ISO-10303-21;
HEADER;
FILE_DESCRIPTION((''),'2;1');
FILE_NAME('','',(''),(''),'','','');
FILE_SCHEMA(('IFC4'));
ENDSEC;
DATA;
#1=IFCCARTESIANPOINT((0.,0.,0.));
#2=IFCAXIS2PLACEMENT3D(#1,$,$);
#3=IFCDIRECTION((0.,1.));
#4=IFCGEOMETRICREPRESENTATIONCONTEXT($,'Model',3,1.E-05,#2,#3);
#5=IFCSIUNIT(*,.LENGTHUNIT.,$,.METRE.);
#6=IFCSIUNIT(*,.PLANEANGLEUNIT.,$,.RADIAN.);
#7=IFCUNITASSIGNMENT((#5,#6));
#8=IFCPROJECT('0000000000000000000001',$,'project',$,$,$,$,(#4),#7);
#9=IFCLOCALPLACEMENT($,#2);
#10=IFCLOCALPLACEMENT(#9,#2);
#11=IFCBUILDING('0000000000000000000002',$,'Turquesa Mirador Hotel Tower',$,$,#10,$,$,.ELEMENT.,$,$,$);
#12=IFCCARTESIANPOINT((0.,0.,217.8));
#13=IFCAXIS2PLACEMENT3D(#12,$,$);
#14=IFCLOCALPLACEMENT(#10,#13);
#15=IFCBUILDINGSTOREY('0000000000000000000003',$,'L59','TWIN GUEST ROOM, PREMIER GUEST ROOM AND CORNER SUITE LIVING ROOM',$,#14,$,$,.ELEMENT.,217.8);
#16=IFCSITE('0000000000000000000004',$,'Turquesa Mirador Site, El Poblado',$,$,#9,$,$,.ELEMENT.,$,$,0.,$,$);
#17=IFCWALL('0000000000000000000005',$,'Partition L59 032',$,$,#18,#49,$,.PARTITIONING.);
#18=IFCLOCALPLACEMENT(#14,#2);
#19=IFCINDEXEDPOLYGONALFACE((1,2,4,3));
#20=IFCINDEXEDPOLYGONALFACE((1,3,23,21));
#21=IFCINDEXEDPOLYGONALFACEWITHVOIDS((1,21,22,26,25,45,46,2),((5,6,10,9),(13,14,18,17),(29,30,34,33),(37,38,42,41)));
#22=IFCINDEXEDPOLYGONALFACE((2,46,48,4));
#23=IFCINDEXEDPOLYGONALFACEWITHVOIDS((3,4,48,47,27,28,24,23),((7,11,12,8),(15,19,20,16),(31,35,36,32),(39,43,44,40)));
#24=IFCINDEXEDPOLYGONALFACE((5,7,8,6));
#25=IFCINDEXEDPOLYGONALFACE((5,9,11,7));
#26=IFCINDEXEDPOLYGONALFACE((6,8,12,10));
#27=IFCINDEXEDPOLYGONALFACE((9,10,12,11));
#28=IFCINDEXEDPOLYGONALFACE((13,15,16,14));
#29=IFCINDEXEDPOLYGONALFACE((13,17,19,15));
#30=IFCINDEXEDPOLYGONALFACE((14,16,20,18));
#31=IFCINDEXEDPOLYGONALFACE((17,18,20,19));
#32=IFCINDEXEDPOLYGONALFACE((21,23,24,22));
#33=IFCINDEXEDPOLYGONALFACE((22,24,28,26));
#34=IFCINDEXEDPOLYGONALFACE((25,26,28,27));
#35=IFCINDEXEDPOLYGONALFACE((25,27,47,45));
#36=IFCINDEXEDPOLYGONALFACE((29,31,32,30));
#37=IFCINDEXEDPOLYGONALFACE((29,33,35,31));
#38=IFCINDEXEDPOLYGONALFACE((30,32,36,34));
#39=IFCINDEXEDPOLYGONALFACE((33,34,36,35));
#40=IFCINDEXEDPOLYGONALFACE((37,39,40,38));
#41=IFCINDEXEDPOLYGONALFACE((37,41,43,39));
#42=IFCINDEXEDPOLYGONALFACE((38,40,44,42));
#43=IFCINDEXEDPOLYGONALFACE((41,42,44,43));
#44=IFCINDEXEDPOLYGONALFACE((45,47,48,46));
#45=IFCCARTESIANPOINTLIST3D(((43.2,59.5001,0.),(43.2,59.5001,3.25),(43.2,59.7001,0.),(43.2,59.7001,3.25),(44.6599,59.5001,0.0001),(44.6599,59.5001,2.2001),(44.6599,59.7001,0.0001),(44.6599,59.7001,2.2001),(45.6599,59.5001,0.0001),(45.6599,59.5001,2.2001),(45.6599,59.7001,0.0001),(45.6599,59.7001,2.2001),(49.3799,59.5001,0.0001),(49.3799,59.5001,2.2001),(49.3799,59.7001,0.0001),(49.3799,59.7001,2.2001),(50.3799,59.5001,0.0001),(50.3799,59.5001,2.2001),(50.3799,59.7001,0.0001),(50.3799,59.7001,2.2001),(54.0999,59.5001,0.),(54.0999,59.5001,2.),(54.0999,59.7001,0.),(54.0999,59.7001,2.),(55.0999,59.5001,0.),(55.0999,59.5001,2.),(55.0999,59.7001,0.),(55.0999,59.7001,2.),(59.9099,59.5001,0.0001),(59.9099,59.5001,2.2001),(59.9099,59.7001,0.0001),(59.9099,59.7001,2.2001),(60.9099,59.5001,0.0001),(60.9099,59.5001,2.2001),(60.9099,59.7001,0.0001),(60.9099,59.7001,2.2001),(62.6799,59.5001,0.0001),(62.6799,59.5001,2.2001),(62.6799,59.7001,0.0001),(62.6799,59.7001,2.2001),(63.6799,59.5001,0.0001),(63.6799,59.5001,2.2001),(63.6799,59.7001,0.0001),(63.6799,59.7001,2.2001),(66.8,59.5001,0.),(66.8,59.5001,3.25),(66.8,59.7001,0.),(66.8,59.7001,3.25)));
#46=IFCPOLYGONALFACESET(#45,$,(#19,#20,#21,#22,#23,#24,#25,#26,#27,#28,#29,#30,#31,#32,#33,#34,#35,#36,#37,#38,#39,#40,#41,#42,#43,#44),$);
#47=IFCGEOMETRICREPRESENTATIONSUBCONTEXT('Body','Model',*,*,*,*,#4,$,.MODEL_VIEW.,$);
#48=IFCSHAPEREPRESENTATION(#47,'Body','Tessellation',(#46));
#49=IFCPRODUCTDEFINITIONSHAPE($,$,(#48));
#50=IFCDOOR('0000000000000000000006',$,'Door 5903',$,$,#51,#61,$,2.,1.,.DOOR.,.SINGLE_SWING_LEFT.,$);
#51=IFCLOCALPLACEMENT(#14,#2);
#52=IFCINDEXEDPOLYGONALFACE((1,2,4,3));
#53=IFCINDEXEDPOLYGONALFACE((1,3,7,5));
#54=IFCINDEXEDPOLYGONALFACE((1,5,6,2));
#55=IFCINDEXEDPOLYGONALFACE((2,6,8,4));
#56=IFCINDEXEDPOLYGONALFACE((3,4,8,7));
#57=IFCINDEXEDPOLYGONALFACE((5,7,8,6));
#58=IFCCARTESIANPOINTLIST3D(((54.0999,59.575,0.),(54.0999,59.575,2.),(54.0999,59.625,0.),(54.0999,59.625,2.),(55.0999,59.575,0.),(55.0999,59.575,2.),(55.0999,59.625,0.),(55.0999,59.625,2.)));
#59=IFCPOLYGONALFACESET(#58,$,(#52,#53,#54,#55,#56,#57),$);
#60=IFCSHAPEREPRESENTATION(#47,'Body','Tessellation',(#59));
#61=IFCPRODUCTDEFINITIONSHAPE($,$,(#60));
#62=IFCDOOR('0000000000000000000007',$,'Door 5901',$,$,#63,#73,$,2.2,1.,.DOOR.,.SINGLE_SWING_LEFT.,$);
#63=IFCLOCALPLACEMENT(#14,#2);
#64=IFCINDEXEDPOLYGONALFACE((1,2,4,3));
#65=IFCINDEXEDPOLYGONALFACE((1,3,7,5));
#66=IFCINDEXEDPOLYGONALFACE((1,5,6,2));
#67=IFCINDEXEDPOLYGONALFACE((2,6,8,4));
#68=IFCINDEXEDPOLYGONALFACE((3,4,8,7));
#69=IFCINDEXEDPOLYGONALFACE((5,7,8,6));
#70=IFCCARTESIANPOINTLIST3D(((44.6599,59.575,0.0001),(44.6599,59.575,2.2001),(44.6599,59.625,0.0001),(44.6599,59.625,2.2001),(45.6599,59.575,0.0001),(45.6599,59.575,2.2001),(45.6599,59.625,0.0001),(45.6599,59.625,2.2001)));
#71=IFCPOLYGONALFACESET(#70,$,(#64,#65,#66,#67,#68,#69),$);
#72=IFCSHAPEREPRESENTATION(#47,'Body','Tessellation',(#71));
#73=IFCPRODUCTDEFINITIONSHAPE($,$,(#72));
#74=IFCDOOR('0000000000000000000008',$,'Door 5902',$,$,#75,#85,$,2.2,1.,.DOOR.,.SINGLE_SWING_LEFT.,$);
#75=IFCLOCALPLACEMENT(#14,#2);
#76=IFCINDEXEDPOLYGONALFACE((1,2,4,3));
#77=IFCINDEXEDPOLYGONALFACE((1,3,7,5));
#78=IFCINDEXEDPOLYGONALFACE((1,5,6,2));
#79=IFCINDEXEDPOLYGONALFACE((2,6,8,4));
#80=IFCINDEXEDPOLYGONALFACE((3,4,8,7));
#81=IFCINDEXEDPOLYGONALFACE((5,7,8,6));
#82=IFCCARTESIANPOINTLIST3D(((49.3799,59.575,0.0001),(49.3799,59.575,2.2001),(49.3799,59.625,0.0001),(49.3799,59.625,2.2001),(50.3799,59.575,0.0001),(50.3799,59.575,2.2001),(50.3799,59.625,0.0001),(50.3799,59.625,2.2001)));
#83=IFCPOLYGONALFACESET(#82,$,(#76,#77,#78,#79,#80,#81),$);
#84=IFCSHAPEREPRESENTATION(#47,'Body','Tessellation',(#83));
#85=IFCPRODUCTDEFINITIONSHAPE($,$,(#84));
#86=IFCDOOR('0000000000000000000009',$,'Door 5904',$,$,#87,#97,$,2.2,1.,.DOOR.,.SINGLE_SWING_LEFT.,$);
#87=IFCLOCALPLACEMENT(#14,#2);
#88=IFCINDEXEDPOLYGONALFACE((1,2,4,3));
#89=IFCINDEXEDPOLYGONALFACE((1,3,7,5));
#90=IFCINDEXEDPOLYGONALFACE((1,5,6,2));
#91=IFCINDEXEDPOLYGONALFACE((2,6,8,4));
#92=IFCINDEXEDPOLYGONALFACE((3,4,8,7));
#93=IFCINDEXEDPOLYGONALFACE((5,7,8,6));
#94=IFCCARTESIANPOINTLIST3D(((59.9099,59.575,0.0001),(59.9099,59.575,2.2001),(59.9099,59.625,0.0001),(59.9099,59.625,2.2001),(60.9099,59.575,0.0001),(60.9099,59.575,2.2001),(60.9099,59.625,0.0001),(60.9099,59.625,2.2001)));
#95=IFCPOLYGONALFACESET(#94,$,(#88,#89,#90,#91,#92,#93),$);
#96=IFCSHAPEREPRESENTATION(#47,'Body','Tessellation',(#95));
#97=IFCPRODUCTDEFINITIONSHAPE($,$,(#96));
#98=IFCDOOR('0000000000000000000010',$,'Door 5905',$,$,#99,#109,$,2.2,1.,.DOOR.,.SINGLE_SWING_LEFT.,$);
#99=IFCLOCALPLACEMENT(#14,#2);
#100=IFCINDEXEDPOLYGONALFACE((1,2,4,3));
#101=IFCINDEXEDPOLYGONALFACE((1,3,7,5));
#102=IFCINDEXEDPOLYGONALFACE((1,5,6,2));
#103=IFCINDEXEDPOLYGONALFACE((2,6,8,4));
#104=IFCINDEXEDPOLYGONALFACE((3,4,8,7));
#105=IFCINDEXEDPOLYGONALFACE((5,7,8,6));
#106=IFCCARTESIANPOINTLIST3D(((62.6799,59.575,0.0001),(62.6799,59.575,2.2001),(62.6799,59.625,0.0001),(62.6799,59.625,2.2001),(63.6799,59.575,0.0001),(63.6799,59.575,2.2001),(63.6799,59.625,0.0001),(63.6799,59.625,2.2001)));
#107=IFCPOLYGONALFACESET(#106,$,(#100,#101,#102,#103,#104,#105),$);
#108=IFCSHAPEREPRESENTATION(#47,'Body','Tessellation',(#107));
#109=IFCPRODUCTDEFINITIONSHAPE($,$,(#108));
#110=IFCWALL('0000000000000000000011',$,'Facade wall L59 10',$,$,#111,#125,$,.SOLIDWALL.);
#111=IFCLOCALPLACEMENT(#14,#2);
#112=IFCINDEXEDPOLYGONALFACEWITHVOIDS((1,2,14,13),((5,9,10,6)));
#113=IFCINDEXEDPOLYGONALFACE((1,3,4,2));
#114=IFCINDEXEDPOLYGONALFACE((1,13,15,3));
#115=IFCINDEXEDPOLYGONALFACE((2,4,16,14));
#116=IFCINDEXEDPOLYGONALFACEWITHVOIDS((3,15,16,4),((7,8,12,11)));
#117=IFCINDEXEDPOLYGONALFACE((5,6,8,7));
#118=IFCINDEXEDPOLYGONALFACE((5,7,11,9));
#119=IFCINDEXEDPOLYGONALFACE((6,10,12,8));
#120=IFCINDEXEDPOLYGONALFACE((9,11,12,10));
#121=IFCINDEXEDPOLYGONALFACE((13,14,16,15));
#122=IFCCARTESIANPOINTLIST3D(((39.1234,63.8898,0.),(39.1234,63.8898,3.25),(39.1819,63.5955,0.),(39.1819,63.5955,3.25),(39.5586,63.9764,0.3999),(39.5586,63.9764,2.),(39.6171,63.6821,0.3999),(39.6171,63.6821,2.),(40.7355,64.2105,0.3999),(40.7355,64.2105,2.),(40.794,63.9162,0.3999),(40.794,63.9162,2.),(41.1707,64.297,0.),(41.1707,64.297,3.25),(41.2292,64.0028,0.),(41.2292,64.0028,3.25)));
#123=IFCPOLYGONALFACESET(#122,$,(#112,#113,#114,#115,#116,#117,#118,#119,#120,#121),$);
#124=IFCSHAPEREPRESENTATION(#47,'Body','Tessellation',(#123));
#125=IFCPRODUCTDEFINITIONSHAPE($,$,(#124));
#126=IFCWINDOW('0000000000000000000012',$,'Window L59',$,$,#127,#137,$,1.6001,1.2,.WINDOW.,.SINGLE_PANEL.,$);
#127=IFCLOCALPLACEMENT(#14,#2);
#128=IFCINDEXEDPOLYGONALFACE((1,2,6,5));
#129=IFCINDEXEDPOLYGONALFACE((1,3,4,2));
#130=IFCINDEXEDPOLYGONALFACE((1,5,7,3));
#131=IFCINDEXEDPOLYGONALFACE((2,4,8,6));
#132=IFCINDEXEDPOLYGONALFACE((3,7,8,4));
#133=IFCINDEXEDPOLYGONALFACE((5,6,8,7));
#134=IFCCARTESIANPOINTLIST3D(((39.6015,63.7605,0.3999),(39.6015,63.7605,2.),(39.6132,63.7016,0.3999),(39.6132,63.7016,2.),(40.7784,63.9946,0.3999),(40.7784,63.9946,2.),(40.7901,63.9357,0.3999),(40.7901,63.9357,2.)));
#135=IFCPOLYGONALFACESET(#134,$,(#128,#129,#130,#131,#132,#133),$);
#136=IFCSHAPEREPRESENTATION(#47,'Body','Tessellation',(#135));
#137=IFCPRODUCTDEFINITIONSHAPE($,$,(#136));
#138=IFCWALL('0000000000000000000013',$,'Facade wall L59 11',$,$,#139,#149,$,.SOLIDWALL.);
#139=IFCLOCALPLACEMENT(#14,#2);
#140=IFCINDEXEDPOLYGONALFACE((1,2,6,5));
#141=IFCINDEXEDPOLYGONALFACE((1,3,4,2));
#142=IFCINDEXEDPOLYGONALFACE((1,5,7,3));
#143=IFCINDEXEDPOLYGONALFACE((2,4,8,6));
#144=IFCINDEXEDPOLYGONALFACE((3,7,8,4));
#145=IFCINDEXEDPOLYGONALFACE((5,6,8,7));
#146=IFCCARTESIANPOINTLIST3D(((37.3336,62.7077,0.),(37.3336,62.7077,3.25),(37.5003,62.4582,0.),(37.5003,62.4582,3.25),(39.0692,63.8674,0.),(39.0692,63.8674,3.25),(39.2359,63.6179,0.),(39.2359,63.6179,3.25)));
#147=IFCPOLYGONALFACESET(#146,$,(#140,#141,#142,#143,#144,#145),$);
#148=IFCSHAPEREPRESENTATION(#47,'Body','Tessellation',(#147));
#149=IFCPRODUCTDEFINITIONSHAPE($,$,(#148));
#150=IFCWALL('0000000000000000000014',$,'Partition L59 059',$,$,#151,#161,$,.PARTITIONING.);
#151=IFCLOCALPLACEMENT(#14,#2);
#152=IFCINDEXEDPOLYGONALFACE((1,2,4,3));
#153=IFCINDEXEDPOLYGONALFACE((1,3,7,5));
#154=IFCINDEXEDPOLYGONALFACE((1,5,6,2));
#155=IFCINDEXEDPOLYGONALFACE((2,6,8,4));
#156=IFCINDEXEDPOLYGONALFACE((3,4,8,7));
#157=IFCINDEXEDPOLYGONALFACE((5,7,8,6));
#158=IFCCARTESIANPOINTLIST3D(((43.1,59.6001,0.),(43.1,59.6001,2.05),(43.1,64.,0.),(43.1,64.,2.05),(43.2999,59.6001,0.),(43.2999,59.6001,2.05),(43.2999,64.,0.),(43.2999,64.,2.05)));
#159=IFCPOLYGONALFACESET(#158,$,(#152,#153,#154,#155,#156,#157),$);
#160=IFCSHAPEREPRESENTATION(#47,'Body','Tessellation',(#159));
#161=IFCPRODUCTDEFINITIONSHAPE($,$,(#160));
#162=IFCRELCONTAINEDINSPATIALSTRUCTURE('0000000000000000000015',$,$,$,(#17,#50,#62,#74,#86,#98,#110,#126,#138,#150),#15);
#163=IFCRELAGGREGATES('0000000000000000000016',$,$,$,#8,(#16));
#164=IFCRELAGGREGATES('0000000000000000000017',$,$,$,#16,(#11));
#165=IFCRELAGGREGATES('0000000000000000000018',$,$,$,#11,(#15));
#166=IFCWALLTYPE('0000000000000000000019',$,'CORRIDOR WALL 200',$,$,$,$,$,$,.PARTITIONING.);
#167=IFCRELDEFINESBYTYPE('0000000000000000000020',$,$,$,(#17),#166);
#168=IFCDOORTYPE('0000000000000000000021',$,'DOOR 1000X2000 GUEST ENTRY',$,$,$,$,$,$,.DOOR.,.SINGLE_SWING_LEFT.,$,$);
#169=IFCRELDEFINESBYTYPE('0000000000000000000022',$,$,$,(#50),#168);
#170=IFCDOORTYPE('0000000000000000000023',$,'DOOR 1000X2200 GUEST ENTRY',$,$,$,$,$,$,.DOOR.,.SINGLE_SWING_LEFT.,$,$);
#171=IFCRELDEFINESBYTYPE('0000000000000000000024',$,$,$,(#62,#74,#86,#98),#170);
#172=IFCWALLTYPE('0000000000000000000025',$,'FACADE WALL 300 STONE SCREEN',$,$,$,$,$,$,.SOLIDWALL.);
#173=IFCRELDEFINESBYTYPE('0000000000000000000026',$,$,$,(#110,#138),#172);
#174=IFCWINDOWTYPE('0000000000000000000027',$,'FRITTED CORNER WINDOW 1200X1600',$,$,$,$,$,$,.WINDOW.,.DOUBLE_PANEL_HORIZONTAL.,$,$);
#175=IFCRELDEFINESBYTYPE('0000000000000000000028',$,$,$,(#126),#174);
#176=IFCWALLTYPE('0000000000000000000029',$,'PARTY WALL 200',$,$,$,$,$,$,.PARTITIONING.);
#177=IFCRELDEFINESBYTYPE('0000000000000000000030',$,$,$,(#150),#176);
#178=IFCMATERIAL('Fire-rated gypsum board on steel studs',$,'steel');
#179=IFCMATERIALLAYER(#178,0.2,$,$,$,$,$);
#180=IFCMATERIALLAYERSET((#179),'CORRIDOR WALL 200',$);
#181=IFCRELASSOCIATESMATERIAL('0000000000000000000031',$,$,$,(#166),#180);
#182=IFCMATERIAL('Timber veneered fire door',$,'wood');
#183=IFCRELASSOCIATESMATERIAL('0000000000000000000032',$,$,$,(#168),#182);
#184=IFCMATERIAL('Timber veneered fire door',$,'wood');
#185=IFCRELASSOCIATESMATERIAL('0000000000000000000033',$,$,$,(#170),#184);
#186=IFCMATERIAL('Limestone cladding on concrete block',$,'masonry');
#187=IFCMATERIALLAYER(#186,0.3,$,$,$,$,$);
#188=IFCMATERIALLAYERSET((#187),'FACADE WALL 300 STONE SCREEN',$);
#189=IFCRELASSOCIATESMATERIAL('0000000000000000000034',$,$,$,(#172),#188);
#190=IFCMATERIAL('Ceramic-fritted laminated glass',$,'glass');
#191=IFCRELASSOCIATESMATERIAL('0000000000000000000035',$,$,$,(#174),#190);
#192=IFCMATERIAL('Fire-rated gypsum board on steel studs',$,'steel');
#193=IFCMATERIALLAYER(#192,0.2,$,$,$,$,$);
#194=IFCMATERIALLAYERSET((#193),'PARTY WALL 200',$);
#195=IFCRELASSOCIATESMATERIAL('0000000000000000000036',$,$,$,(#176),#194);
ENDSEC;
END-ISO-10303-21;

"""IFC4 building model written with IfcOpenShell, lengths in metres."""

from ifc_helpers import new_model, si_unit, direction, frame, frame_2d, origin, place, context, subcontext, project, spatial, rectangle, extrude, material, layer, layer_set, type_object, element, fill, save


model = new_model("IFC4")

# Units and contexts
model_context = context("Model", 3, precision=1e-05, world=origin(), true_north=direction((0.0, 1.0)))
body_context = subcontext(model_context, "Body", "Model", "MODEL_VIEW")
ifc_project = project(units=[si_unit("LENGTHUNIT", "METRE"), si_unit("PLANEANGLEUNIT", "RADIAN")], contexts=[model_context])

# Site, building, storey
site_placement = place(None, origin())
site = spatial("IfcSite", under=ifc_project, at=site_placement, Name="Turquesa Mirador Site, El Poblado", CompositionType="ELEMENT", RefElevation=0.0)
building_placement = place(site_placement, origin())
building = spatial("IfcBuilding", under=site, at=building_placement, Name="Turquesa Mirador Hotel Tower", CompositionType="ELEMENT")
storey_placement = place(building_placement, frame((0.0, 0.0, 217.8)))
storey = spatial("IfcBuildingStorey", under=building, at=storey_placement, Name="L59", Description="TWIN GUEST ROOM, PREMIER GUEST ROOM AND CORNER SUITE LIVING ROOM", CompositionType="ELEMENT", Elevation=217.8)

# Wall, openings, doors
ifc_material_1 = material(Name="Fire-rated gypsum board on steel studs", Category="steel")
ifc_layer_1 = layer(ifc_material_1, 0.2)
ifc_layer_set_1 = layer_set([ifc_layer_1], Name="CORRIDOR WALL 200")
wall_type_1 = type_object("IfcWallType", Name="CORRIDOR WALL 200", PredefinedType="PARTITIONING", material=ifc_layer_set_1)
wall_1_placement = place(storey_placement, frame((43.2, 59.6001, 0.0), z_axis=(0.0, 0.0, 1.0), x_axis=(1.0, 0.0, 0.0)))
wall_1 = element("IfcWall", 1, at=wall_1_placement, inside=storey, type_object=wall_type_1, Name="Partition L59 032", PredefinedType="PARTITIONING", context=body_context, shape_type="SweptSolid", body=[
    extrude(rectangle(XDim=23.6001, YDim=0.2, at=frame_2d((11.8, 0.0))), origin(), (0.0, 0.0, 1.0), 3.25),
])
opening_1_placement = place(wall_1_placement, frame((1.46, 0.0, 0.0)))
opening_1 = element("IfcOpeningElement", 2, at=opening_1_placement, cuts=wall_1, PredefinedType="OPENING", context=body_context, shape_type="SweptSolid", body=[
    extrude(rectangle(XDim=1.0, YDim=2.2, at=frame_2d((0.5, 1.1001))), frame((0.0, 0.1099, 0.0), z_axis=(0.0, -1.0, 0.0), x_axis=(1.0, 0.0, 0.0)), (0.0, 0.0, 1.0), 0.22),
])
opening_2_placement = place(wall_1_placement, frame((6.1799, 0.0, 0.0)))
opening_2 = element("IfcOpeningElement", 3, at=opening_2_placement, cuts=wall_1, PredefinedType="OPENING", context=body_context, shape_type="SweptSolid", body=[
    extrude(rectangle(XDim=1.0, YDim=2.2, at=frame_2d((0.5, 1.1001))), frame((0.0, 0.1099, 0.0), z_axis=(0.0, -1.0, 0.0), x_axis=(1.0, 0.0, 0.0)), (0.0, 0.0, 1.0), 0.22),
])
opening_3_placement = place(wall_1_placement, frame((10.8999, 0.0, 0.0)))
opening_3 = element("IfcOpeningElement", 4, at=opening_3_placement, cuts=wall_1, PredefinedType="OPENING", context=body_context, shape_type="SweptSolid", body=[
    extrude(rectangle(XDim=1.0, YDim=2.0, at=frame_2d((0.5, 1.0))), frame((0.0, 0.1099, 0.0), z_axis=(0.0, -1.0, 0.0), x_axis=(1.0, 0.0, 0.0)), (0.0, 0.0, 1.0), 0.22),
])
opening_4_placement = place(wall_1_placement, frame((16.71, 0.0, 0.0)))
opening_4 = element("IfcOpeningElement", 5, at=opening_4_placement, cuts=wall_1, PredefinedType="OPENING", context=body_context, shape_type="SweptSolid", body=[
    extrude(rectangle(XDim=1.0, YDim=2.2, at=frame_2d((0.5, 1.1001))), frame((0.0, 0.1099, 0.0), z_axis=(0.0, -1.0, 0.0), x_axis=(1.0, 0.0, 0.0)), (0.0, 0.0, 1.0), 0.22),
])
opening_5_placement = place(wall_1_placement, frame((19.48, 0.0, 0.0)))
opening_5 = element("IfcOpeningElement", 6, at=opening_5_placement, cuts=wall_1, PredefinedType="OPENING", context=body_context, shape_type="SweptSolid", body=[
    extrude(rectangle(XDim=1.0, YDim=2.2, at=frame_2d((0.5, 1.1001))), frame((0.0, 0.1099, 0.0), z_axis=(0.0, -1.0, 0.0), x_axis=(1.0, 0.0, 0.0)), (0.0, 0.0, 1.0), 0.22),
])
ifc_material_2 = material(Name="Timber veneered fire door", Category="wood")
door_type_1 = type_object("IfcDoorType", Name="DOOR 1000X2000 GUEST ENTRY", OperationType="SINGLE_SWING_LEFT", PredefinedType="DOOR", material=ifc_material_2)
door_1_placement = place(opening_3_placement, origin())
door_1 = element("IfcDoor", 7, at=door_1_placement, inside=storey, type_object=door_type_1, Name="Door 5903", OperationType="SINGLE_SWING_LEFT", OverallHeight=2.0, OverallWidth=1.0, PredefinedType="DOOR", context=body_context, shape_type="SweptSolid", body=[
    extrude(rectangle(XDim=1.0, YDim=2.0, at=frame_2d((0.5, 1.0))), frame((0.0, 0.0249, 0.0), z_axis=(0.0, -1.0, 0.0), x_axis=(1.0, 0.0, 0.0)), (0.0, 0.0, 1.0), 0.05),
])
fill(opening_3, door_1)
ifc_material_3 = material(Name="Timber veneered fire door", Category="wood")
door_type_2 = type_object("IfcDoorType", Name="DOOR 1000X2200 GUEST ENTRY", OperationType="SINGLE_SWING_LEFT", PredefinedType="DOOR", material=ifc_material_3)
door_2_placement = place(opening_1_placement, origin())
door_2 = element("IfcDoor", 8, at=door_2_placement, inside=storey, type_object=door_type_2, Name="Door 5901", OperationType="SINGLE_SWING_LEFT", OverallHeight=2.2, OverallWidth=1.0, PredefinedType="DOOR", context=body_context, shape_type="SweptSolid", body=[
    extrude(rectangle(XDim=1.0, YDim=2.2, at=frame_2d((0.5, 1.1001))), frame((0.0, 0.0249, 0.0), z_axis=(0.0, -1.0, 0.0), x_axis=(1.0, 0.0, 0.0)), (0.0, 0.0, 1.0), 0.05),
])
fill(opening_1, door_2)
door_3_placement = place(opening_2_placement, origin())
door_3 = element("IfcDoor", 9, at=door_3_placement, inside=storey, type_object=door_type_2, Name="Door 5902", OperationType="SINGLE_SWING_LEFT", OverallHeight=2.2, OverallWidth=1.0, PredefinedType="DOOR", context=body_context, shape_type="SweptSolid", body=[
    extrude(rectangle(XDim=1.0, YDim=2.2, at=frame_2d((0.5, 1.1001))), frame((0.0, 0.0249, 0.0), z_axis=(0.0, -1.0, 0.0), x_axis=(1.0, 0.0, 0.0)), (0.0, 0.0, 1.0), 0.05),
])
fill(opening_2, door_3)
door_4_placement = place(opening_4_placement, origin())
door_4 = element("IfcDoor", 10, at=door_4_placement, inside=storey, type_object=door_type_2, Name="Door 5904", OperationType="SINGLE_SWING_LEFT", OverallHeight=2.2, OverallWidth=1.0, PredefinedType="DOOR", context=body_context, shape_type="SweptSolid", body=[
    extrude(rectangle(XDim=1.0, YDim=2.2, at=frame_2d((0.5, 1.1001))), frame((0.0, 0.0249, 0.0), z_axis=(0.0, -1.0, 0.0), x_axis=(1.0, 0.0, 0.0)), (0.0, 0.0, 1.0), 0.05),
])
fill(opening_4, door_4)
door_5_placement = place(opening_5_placement, origin())
door_5 = element("IfcDoor", 11, at=door_5_placement, inside=storey, type_object=door_type_2, Name="Door 5905", OperationType="SINGLE_SWING_LEFT", OverallHeight=2.2, OverallWidth=1.0, PredefinedType="DOOR", context=body_context, shape_type="SweptSolid", body=[
    extrude(rectangle(XDim=1.0, YDim=2.2, at=frame_2d((0.5, 1.1001))), frame((0.0, 0.0249, 0.0), z_axis=(0.0, -1.0, 0.0), x_axis=(1.0, 0.0, 0.0)), (0.0, 0.0, 1.0), 0.05),
])
fill(opening_5, door_5)

# Wall, opening, window
ifc_material_4 = material(Name="Limestone cladding on concrete block", Category="masonry")
ifc_layer_2 = layer(ifc_material_4, 0.3)
ifc_layer_set_2 = layer_set([ifc_layer_2], Name="FACADE WALL 300 STONE SCREEN")
wall_type_2 = type_object("IfcWallType", Name="FACADE WALL 300 STONE SCREEN", PredefinedType="SOLIDWALL", material=ifc_layer_set_2)
wall_2_placement = place(storey_placement, frame((41.2, 64.1499, 0.0), z_axis=(0.0, 0.0, 1.0), x_axis=(-0.980787, -0.195081, 0.0)))
wall_2 = element("IfcWall", 12, at=wall_2_placement, inside=storey, type_object=wall_type_2, Name="Facade wall L59 10", PredefinedType="SOLIDWALL", context=body_context, shape_type="SweptSolid", body=[
    extrude(rectangle(XDim=2.0874, YDim=0.3, at=frame_2d((1.0437, 0.0))), origin(), (0.0, 0.0, 1.0), 3.25),
])
opening_6_placement = place(wall_2_placement, frame((0.4436, 0.0, 0.3999)))
opening_6 = element("IfcOpeningElement", 13, at=opening_6_placement, cuts=wall_2, PredefinedType="OPENING", context=body_context, shape_type="SweptSolid", body=[
    extrude(rectangle(XDim=1.2, YDim=1.6001, at=frame_2d((0.6001, 0.8))), frame((0.0, 0.1599, 0.0), z_axis=(0.0, -1.0, 0.0), x_axis=(1.0, 0.0, 0.0)), (0.0, 0.0, 1.0), 0.3201),
])
ifc_material_5 = material(Name="Ceramic-fritted laminated glass", Category="glass")
window_type = type_object("IfcWindowType", Name="FRITTED CORNER WINDOW 1200X1600", PartitioningType="DOUBLE_PANEL_HORIZONTAL", PredefinedType="WINDOW", material=ifc_material_5)
window_placement = place(opening_6_placement, origin())
window = element("IfcWindow", 14, at=window_placement, inside=storey, type_object=window_type, Name="Window L59", OverallHeight=1.6001, OverallWidth=1.2, PartitioningType="SINGLE_PANEL", PredefinedType="WINDOW", context=body_context, shape_type="SweptSolid", body=[
    extrude(rectangle(XDim=1.2, YDim=1.6001, at=frame_2d((0.6001, 0.8))), frame((0.0, 0.1301, 0.0), z_axis=(0.0, -1.0, 0.0), x_axis=(1.0, 0.0, 0.0)), (0.0, 0.0, 1.0), 0.0601),
])
fill(opening_6, window)

# Walls
wall_3_placement = place(storey_placement, frame((39.1526, 63.7427, 0.0), z_axis=(0.0, 0.0, 1.0), x_axis=(-0.831474, -0.555564, 0.0)))
element("IfcWall", 15, at=wall_3_placement, inside=storey, type_object=wall_type_2, Name="Facade wall L59 11", PredefinedType="SOLIDWALL", context=body_context, shape_type="SweptSolid", body=[
    extrude(rectangle(XDim=2.0874, YDim=0.3, at=frame_2d((1.0437, 0.0))), origin(), (0.0, 0.0, 1.0), 3.25),
])
ifc_material_6 = material(Name="Fire-rated gypsum board on steel studs", Category="steel")
ifc_layer_3 = layer(ifc_material_6, 0.2)
ifc_layer_set_3 = layer_set([ifc_layer_3], Name="PARTY WALL 200")
wall_type_3 = type_object("IfcWallType", Name="PARTY WALL 200", PredefinedType="PARTITIONING", material=ifc_layer_set_3)
wall_4_placement = place(storey_placement, frame((43.2, 59.6001, 0.0), z_axis=(0.0, 0.0, 1.0), x_axis=(0.0, 1.0, 0.0)))
element("IfcWall", 16, at=wall_4_placement, inside=storey, type_object=wall_type_3, Name="Partition L59 059", PredefinedType="PARTITIONING", context=body_context, shape_type="SweptSolid", body=[
    extrude(rectangle(XDim=4.3999, YDim=0.2, at=frame_2d((2.2, 0.0))), origin(), (0.0, 0.0, 1.0), 2.05),
])

save(model, "model.ifc")
